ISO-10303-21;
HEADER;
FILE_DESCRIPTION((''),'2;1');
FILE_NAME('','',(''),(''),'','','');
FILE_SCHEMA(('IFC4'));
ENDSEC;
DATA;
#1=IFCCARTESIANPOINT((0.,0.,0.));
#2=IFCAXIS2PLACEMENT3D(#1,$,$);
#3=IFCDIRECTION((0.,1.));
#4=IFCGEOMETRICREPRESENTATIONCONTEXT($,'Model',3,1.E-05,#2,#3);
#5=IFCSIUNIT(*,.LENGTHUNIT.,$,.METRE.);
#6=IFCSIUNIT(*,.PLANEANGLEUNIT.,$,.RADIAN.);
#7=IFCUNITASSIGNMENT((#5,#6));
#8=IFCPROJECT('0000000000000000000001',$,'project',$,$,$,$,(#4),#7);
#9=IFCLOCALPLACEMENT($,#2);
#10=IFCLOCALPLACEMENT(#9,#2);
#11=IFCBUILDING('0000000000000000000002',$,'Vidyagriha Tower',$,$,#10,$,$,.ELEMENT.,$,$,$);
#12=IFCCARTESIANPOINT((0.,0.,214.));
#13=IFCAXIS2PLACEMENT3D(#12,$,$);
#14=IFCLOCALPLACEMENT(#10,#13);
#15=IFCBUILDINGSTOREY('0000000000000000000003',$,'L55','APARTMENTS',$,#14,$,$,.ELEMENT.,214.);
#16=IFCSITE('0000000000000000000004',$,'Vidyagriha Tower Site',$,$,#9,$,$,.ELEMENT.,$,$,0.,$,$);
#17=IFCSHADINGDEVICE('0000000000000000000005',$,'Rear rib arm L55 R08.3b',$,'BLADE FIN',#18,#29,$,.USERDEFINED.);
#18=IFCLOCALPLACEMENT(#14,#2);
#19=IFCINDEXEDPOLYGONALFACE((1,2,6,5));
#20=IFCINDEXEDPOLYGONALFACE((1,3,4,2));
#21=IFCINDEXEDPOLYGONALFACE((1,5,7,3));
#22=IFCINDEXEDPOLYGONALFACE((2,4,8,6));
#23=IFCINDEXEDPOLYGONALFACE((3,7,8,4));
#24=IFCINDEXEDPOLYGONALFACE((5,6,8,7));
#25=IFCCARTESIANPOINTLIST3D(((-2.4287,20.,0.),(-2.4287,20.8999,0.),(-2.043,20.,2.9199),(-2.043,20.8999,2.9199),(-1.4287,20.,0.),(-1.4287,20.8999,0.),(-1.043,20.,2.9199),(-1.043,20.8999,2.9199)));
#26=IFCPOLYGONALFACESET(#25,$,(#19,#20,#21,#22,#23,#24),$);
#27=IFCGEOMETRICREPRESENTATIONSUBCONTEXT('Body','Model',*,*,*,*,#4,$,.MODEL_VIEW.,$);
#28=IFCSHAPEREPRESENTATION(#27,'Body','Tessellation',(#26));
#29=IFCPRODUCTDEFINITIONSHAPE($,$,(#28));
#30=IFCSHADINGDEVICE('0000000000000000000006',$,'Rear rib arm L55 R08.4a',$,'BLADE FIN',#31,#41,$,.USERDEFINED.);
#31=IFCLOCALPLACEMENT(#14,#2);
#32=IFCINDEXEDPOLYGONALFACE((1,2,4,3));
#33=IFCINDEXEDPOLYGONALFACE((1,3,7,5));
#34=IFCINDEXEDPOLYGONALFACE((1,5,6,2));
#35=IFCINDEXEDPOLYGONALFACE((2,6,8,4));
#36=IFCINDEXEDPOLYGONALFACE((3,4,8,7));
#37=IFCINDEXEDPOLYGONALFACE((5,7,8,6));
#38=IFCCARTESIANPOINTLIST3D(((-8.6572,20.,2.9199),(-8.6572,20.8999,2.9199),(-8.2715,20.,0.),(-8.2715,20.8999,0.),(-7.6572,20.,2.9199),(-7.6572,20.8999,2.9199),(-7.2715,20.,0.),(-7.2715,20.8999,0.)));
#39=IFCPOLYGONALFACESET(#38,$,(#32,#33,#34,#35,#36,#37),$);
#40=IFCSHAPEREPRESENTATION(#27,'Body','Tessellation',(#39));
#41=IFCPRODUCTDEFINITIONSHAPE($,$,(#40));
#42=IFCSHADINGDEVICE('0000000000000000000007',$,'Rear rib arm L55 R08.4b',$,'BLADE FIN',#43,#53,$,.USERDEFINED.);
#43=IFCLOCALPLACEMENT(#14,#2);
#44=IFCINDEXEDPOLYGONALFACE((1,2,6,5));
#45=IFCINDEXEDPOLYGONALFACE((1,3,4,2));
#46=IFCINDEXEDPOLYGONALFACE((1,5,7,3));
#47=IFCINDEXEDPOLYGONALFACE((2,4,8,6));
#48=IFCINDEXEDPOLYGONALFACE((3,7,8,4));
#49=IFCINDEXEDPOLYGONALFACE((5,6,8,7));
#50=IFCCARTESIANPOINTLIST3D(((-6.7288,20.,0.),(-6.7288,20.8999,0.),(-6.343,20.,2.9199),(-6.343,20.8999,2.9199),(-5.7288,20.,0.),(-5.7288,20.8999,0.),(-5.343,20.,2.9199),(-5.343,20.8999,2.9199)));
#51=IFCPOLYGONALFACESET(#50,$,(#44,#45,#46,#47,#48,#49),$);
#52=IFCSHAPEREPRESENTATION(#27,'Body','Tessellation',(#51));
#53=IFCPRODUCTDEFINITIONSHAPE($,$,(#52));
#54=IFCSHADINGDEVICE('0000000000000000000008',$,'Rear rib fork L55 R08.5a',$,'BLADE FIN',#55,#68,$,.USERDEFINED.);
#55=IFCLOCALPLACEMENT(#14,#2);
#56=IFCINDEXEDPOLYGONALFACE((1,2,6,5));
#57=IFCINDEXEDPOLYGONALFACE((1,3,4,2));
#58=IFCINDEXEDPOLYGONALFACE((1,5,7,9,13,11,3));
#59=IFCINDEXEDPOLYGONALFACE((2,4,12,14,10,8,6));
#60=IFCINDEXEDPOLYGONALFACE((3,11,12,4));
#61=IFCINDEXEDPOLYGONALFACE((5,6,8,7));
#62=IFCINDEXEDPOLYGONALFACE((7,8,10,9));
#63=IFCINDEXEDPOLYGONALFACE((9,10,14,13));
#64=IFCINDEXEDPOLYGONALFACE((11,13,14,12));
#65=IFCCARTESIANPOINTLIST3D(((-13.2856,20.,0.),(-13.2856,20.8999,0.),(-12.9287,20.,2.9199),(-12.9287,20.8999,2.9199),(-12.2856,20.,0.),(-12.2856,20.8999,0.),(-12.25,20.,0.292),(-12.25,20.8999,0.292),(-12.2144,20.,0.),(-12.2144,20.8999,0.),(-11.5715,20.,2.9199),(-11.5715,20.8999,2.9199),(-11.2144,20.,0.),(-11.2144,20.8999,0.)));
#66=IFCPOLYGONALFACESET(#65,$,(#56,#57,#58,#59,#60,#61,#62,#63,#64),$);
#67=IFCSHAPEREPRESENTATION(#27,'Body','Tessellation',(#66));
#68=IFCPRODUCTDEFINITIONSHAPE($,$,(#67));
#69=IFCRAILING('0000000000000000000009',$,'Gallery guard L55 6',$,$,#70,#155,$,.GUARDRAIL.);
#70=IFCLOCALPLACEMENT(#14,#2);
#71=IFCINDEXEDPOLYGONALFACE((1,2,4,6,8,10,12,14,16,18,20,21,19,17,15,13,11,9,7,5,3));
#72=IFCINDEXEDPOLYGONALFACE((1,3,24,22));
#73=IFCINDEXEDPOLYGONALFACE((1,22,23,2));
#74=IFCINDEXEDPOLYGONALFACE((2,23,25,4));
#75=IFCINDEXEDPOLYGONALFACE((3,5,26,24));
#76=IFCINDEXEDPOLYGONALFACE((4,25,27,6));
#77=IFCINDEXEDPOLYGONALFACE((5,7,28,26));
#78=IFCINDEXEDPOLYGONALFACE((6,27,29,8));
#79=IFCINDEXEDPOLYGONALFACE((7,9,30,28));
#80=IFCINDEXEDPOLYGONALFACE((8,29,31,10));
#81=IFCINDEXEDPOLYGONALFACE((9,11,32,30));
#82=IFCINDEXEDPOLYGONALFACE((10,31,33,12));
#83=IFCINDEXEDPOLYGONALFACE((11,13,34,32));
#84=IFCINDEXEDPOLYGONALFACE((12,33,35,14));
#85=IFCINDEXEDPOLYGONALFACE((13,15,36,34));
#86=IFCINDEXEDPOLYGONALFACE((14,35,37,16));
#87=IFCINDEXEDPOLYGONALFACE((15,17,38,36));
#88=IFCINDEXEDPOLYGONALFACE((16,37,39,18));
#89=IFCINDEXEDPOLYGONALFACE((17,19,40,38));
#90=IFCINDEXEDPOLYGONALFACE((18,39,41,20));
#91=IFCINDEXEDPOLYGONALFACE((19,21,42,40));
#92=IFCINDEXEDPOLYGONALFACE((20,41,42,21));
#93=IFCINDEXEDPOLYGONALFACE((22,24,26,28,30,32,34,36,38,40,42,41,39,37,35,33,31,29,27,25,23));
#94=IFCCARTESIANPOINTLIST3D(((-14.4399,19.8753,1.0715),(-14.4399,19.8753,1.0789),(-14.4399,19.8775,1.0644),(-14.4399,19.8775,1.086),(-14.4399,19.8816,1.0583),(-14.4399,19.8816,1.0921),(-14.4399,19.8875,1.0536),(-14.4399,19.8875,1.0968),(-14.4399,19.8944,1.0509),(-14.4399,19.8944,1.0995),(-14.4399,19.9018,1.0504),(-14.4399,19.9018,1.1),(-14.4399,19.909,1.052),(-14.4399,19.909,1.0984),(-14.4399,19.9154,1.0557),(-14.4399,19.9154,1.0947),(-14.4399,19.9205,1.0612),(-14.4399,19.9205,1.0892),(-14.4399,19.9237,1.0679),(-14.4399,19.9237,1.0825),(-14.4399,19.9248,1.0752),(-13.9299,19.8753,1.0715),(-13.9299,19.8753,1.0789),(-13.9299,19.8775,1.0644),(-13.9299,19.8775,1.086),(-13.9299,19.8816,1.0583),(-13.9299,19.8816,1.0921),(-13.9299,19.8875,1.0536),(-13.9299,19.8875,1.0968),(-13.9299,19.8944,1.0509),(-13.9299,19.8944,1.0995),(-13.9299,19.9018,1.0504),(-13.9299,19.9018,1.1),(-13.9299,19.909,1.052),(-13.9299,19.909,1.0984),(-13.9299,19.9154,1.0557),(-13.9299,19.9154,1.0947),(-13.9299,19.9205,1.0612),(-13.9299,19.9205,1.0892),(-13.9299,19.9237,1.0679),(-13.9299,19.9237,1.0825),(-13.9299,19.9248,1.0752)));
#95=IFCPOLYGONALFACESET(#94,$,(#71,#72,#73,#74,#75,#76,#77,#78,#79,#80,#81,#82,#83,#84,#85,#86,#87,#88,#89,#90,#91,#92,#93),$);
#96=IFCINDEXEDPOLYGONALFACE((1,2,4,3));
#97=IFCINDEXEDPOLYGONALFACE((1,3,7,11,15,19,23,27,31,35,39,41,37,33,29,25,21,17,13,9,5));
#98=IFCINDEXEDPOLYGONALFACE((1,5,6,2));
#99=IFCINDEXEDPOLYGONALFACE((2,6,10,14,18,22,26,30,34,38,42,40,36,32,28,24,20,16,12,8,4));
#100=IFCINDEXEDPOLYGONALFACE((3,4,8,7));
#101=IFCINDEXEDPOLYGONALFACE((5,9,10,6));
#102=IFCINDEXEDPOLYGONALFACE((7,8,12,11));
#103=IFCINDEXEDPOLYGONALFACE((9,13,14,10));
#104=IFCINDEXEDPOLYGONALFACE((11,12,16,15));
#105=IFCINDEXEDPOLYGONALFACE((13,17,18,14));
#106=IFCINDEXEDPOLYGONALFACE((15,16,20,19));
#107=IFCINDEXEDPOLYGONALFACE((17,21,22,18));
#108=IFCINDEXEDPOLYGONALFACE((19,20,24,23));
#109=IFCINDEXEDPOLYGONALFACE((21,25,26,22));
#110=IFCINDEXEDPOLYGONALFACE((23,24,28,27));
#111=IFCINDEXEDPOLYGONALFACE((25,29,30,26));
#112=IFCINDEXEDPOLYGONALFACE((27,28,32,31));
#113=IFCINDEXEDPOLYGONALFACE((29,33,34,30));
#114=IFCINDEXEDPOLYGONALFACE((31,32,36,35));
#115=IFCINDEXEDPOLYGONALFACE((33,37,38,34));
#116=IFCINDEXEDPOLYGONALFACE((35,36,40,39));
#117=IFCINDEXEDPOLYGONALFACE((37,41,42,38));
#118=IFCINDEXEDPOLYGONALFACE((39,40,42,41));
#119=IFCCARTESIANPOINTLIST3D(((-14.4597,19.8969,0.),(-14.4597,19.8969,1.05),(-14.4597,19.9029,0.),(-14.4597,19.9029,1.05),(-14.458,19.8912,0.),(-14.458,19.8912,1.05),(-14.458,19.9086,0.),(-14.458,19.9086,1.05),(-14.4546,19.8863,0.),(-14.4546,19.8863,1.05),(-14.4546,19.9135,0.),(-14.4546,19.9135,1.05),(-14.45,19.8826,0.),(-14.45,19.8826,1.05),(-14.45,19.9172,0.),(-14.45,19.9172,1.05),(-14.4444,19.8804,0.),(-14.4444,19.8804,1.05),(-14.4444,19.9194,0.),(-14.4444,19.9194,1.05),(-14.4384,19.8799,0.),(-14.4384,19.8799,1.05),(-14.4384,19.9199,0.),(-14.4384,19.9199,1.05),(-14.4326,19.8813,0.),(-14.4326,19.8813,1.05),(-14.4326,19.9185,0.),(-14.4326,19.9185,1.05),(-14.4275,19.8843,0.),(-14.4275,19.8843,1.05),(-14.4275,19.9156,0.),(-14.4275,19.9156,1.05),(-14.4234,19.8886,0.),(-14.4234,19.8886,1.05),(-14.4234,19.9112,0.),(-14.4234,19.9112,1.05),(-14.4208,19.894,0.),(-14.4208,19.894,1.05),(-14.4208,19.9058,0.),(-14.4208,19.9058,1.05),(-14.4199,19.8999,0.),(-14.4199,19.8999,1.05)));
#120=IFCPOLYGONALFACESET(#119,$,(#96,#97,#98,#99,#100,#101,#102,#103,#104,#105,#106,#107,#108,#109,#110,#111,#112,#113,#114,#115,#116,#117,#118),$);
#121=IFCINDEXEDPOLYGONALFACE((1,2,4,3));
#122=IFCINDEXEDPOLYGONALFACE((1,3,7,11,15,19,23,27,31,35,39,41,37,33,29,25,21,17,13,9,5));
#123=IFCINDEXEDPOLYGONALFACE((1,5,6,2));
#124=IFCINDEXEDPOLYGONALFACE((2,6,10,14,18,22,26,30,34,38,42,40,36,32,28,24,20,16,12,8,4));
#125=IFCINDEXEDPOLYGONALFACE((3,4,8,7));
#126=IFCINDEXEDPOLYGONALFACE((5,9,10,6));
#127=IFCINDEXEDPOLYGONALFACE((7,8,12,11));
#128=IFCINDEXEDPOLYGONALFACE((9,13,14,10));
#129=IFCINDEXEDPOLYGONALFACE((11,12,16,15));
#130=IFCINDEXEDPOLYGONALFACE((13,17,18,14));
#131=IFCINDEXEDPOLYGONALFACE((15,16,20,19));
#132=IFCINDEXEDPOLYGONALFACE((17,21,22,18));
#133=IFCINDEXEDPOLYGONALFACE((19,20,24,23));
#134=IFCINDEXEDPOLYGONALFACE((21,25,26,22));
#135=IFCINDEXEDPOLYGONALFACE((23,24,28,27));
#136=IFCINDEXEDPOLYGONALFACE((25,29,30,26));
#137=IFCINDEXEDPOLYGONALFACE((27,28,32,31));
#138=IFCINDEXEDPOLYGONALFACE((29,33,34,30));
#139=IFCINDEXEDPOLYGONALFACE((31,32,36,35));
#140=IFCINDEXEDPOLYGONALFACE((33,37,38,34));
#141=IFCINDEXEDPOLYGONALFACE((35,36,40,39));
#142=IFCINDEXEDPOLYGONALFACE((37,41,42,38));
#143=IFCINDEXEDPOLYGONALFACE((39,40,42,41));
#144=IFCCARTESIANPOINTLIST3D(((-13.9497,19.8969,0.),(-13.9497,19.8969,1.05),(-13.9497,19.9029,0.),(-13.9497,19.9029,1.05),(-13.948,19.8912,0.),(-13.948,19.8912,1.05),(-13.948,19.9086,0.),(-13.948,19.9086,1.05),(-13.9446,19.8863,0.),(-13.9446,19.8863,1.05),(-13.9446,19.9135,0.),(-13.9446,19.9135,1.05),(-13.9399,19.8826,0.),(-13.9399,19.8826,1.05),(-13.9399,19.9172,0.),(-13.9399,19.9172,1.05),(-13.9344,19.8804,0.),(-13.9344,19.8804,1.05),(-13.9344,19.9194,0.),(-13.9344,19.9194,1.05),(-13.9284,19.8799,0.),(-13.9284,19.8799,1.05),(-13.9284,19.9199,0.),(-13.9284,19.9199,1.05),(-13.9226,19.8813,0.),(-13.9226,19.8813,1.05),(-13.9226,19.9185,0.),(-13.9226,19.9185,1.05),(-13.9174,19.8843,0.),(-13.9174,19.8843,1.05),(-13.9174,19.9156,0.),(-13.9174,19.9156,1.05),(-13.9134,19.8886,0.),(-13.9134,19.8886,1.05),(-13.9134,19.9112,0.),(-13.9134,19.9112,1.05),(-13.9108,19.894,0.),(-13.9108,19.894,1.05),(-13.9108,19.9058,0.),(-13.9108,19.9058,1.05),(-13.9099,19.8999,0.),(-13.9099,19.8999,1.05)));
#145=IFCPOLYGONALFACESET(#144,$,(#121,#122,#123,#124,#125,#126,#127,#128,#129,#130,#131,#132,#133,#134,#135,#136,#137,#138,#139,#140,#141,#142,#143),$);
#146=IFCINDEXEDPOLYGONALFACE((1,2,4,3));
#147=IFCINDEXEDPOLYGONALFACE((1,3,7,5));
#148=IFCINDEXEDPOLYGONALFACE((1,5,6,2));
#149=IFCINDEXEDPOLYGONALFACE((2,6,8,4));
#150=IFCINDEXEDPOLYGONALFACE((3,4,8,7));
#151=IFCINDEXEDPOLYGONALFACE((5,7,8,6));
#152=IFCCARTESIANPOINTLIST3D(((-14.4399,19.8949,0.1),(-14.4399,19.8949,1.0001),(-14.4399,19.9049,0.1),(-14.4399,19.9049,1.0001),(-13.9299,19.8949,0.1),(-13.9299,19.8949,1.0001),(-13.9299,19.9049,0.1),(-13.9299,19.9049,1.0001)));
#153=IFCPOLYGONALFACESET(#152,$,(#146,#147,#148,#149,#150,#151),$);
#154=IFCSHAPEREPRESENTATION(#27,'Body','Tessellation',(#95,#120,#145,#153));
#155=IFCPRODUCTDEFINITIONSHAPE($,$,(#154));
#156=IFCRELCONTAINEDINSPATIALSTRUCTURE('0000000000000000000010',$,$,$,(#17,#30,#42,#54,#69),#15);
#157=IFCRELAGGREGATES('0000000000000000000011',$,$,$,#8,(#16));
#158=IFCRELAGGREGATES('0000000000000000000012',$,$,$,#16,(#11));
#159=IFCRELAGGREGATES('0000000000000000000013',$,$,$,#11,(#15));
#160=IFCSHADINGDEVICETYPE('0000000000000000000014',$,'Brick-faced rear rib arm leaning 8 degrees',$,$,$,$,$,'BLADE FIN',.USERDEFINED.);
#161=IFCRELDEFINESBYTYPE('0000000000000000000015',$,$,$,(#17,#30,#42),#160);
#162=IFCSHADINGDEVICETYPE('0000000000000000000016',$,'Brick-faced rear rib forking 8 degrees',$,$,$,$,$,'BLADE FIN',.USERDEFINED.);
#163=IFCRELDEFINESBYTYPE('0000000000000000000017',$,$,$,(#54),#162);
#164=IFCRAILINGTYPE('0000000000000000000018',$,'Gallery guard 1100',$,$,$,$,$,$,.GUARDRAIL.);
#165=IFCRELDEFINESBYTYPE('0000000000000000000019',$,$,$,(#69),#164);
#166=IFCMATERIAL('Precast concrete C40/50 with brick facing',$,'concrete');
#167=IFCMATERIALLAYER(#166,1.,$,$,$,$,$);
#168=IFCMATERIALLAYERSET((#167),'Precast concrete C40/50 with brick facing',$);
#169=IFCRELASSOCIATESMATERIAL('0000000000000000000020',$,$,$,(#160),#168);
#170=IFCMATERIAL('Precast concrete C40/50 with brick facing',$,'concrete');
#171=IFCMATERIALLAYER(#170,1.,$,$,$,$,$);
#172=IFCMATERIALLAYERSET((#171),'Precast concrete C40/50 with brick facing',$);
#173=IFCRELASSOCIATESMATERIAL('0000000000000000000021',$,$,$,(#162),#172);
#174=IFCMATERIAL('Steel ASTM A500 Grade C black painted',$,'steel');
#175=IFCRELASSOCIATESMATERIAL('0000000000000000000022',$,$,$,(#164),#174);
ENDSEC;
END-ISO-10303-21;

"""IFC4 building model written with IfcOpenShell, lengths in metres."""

from ifc_helpers import new_model, si_unit, direction, frame, origin, origin_2d, place, context, subcontext, project, spatial, polyline, rectangle, circle, outline, extrude, material, layer, layer_set, type_object, element, save


model = new_model("IFC4")

# Units and contexts
model_context = context("Model", 3, precision=1e-05, world=origin(), true_north=direction((0.0, 1.0)))
body_context = subcontext(model_context, "Body", "Model", "MODEL_VIEW")
ifc_project = project(units=[si_unit("LENGTHUNIT", "METRE"), si_unit("PLANEANGLEUNIT", "RADIAN")], contexts=[model_context])

# Site, building, storey
site_placement = place(None, origin())
site = spatial("IfcSite", under=ifc_project, at=site_placement, Name="Vidyagriha Tower Site", CompositionType="ELEMENT", RefElevation=0.0)
building_placement = place(site_placement, origin())
building = spatial("IfcBuilding", under=site, at=building_placement, Name="Vidyagriha Tower", CompositionType="ELEMENT")
storey_placement = place(building_placement, frame((0.0, 0.0, 214.0)))
storey = spatial("IfcBuildingStorey", under=building, at=storey_placement, Name="L55", Description="APARTMENTS", CompositionType="ELEMENT", Elevation=214.0)

# Shading devices
ifc_material_1 = material(Name="Precast concrete C40/50 with brick facing", Category="concrete")
ifc_layer_1 = layer(ifc_material_1, 1.0)
ifc_layer_set_1 = layer_set([ifc_layer_1], Name="Precast concrete C40/50 with brick facing")
shading_device_type_1 = type_object("IfcShadingDeviceType", Name="Brick-faced rear rib arm leaning 8 degrees", ElementType="BLADE FIN", PredefinedType="USERDEFINED", material=ifc_layer_set_1)
shading_device_1_placement = place(storey_placement, frame((-1.043, 20.45, 0.0), z_axis=(0.0, 0.0, 1.0), x_axis=(-1.0, 0.0, 0.0)))
element("IfcShadingDevice", 1, at=shading_device_1_placement, inside=storey, type_object=shading_device_type_1, Name="Rear rib arm L55 R08.3b", ObjectType="BLADE FIN", PredefinedType="USERDEFINED", context=body_context, shape_type="SweptSolid", body=[
    extrude(outline(polyline([(0.3857, 0.0), (1.3857, 0.0), (1.0, 2.9199), (0.0, 2.9199), (0.3857, 0.0)])), frame((0.0, 0.45, 0.0), z_axis=(0.0, -1.0, 0.0), x_axis=(1.0, 0.0, 0.0)), (0.0, 0.0, 1.0), 0.8999),
])
shading_device_2_placement = place(storey_placement, frame((-7.2715, 20.45, 0.0), z_axis=(0.0, 0.0, 1.0), x_axis=(-1.0, 0.0, 0.0)))
element("IfcShadingDevice", 2, at=shading_device_2_placement, inside=storey, type_object=shading_device_type_1, Name="Rear rib arm L55 R08.4a", ObjectType="BLADE FIN", PredefinedType="USERDEFINED", context=body_context, shape_type="SweptSolid", body=[
    extrude(outline(polyline([(0.0, 0.0), (1.0, 0.0), (1.3857, 2.9199), (0.3857, 2.9199), (0.0, 0.0)])), frame((0.0, 0.45, 0.0), z_axis=(0.0, -1.0, 0.0), x_axis=(1.0, 0.0, 0.0)), (0.0, 0.0, 1.0), 0.8999),
])
shading_device_3_placement = place(storey_placement, frame((-5.343, 20.45, 0.0), z_axis=(0.0, 0.0, 1.0), x_axis=(-1.0, 0.0, 0.0)))
element("IfcShadingDevice", 3, at=shading_device_3_placement, inside=storey, type_object=shading_device_type_1, Name="Rear rib arm L55 R08.4b", ObjectType="BLADE FIN", PredefinedType="USERDEFINED", context=body_context, shape_type="SweptSolid", body=[
    extrude(outline(polyline([(0.3857, 0.0), (1.3857, 0.0), (1.0, 2.9199), (0.0, 2.9199), (0.3857, 0.0)])), frame((0.0, 0.45, 0.0), z_axis=(0.0, -1.0, 0.0), x_axis=(1.0, 0.0, 0.0)), (0.0, 0.0, 1.0), 0.8999),
])
ifc_material_2 = material(Name="Precast concrete C40/50 with brick facing", Category="concrete")
ifc_layer_2 = layer(ifc_material_2, 1.0)
ifc_layer_set_2 = layer_set([ifc_layer_2], Name="Precast concrete C40/50 with brick facing")
shading_device_type_2 = type_object("IfcShadingDeviceType", Name="Brick-faced rear rib forking 8 degrees", ElementType="BLADE FIN", PredefinedType="USERDEFINED", material=ifc_layer_set_2)
shading_device_4_placement = place(storey_placement, frame((-11.2144, 20.45, 0.0), z_axis=(0.0, 0.0, 1.0), x_axis=(-1.0, 0.0, 0.0)))
element("IfcShadingDevice", 4, at=shading_device_4_placement, inside=storey, type_object=shading_device_type_2, Name="Rear rib fork L55 R08.5a", ObjectType="BLADE FIN", PredefinedType="USERDEFINED", context=body_context, shape_type="SweptSolid", body=[
    extrude(outline(polyline([(1.0, 0.0), (1.0356, 0.292), (1.0713, 0.0), (2.0713, 0.0), (1.7144, 2.9199), (0.3572, 2.9199), (0.0, 0.0), (1.0, 0.0)])), frame((0.0, 0.45, 0.0), z_axis=(0.0, -1.0, 0.0), x_axis=(1.0, 0.0, 0.0)), (0.0, 0.0, 1.0), 0.8999),
])

# Railing
ifc_material_3 = material(Name="Steel ASTM A500 Grade C black painted", Category="steel")
railing_type_1 = type_object("IfcRailingType", Name="Gallery guard 1100", PredefinedType="GUARDRAIL", material=ifc_material_3)
railing_1_placement = place(storey_placement, frame((-14.4399, 19.8999, 0.0)))
element("IfcRailing", 5, at=railing_1_placement, inside=storey, type_object=railing_type_1, Name="Gallery guard L55 6", PredefinedType="GUARDRAIL", context=body_context, shape_type="SweptSolid", body=[
    extrude(circle(Radius=0.0249, at=origin_2d()), frame((0.0, 0.0, 1.0752), z_axis=(1.0, 0.0, 0.0), x_axis=(0.0, 1.0, 0.0)), (0.0, 0.0, 1.0), 0.51),
    extrude(circle(Radius=0.02, at=origin_2d()), origin(), (0.0, 0.0, 1.0), 1.05),
    extrude(circle(Radius=0.02, at=origin_2d()), frame((0.51, 0.0, 0.0)), (0.0, 0.0, 1.0), 1.05),
    extrude(rectangle(XDim=0.01, YDim=0.9001, at=origin_2d()), frame((0.0, 0.0, 0.55), z_axis=(1.0, 0.0, 0.0), x_axis=(0.0, 1.0, 0.0)), (0.0, 0.0, 1.0), 0.51),
])

save(model, "model.ifc")
